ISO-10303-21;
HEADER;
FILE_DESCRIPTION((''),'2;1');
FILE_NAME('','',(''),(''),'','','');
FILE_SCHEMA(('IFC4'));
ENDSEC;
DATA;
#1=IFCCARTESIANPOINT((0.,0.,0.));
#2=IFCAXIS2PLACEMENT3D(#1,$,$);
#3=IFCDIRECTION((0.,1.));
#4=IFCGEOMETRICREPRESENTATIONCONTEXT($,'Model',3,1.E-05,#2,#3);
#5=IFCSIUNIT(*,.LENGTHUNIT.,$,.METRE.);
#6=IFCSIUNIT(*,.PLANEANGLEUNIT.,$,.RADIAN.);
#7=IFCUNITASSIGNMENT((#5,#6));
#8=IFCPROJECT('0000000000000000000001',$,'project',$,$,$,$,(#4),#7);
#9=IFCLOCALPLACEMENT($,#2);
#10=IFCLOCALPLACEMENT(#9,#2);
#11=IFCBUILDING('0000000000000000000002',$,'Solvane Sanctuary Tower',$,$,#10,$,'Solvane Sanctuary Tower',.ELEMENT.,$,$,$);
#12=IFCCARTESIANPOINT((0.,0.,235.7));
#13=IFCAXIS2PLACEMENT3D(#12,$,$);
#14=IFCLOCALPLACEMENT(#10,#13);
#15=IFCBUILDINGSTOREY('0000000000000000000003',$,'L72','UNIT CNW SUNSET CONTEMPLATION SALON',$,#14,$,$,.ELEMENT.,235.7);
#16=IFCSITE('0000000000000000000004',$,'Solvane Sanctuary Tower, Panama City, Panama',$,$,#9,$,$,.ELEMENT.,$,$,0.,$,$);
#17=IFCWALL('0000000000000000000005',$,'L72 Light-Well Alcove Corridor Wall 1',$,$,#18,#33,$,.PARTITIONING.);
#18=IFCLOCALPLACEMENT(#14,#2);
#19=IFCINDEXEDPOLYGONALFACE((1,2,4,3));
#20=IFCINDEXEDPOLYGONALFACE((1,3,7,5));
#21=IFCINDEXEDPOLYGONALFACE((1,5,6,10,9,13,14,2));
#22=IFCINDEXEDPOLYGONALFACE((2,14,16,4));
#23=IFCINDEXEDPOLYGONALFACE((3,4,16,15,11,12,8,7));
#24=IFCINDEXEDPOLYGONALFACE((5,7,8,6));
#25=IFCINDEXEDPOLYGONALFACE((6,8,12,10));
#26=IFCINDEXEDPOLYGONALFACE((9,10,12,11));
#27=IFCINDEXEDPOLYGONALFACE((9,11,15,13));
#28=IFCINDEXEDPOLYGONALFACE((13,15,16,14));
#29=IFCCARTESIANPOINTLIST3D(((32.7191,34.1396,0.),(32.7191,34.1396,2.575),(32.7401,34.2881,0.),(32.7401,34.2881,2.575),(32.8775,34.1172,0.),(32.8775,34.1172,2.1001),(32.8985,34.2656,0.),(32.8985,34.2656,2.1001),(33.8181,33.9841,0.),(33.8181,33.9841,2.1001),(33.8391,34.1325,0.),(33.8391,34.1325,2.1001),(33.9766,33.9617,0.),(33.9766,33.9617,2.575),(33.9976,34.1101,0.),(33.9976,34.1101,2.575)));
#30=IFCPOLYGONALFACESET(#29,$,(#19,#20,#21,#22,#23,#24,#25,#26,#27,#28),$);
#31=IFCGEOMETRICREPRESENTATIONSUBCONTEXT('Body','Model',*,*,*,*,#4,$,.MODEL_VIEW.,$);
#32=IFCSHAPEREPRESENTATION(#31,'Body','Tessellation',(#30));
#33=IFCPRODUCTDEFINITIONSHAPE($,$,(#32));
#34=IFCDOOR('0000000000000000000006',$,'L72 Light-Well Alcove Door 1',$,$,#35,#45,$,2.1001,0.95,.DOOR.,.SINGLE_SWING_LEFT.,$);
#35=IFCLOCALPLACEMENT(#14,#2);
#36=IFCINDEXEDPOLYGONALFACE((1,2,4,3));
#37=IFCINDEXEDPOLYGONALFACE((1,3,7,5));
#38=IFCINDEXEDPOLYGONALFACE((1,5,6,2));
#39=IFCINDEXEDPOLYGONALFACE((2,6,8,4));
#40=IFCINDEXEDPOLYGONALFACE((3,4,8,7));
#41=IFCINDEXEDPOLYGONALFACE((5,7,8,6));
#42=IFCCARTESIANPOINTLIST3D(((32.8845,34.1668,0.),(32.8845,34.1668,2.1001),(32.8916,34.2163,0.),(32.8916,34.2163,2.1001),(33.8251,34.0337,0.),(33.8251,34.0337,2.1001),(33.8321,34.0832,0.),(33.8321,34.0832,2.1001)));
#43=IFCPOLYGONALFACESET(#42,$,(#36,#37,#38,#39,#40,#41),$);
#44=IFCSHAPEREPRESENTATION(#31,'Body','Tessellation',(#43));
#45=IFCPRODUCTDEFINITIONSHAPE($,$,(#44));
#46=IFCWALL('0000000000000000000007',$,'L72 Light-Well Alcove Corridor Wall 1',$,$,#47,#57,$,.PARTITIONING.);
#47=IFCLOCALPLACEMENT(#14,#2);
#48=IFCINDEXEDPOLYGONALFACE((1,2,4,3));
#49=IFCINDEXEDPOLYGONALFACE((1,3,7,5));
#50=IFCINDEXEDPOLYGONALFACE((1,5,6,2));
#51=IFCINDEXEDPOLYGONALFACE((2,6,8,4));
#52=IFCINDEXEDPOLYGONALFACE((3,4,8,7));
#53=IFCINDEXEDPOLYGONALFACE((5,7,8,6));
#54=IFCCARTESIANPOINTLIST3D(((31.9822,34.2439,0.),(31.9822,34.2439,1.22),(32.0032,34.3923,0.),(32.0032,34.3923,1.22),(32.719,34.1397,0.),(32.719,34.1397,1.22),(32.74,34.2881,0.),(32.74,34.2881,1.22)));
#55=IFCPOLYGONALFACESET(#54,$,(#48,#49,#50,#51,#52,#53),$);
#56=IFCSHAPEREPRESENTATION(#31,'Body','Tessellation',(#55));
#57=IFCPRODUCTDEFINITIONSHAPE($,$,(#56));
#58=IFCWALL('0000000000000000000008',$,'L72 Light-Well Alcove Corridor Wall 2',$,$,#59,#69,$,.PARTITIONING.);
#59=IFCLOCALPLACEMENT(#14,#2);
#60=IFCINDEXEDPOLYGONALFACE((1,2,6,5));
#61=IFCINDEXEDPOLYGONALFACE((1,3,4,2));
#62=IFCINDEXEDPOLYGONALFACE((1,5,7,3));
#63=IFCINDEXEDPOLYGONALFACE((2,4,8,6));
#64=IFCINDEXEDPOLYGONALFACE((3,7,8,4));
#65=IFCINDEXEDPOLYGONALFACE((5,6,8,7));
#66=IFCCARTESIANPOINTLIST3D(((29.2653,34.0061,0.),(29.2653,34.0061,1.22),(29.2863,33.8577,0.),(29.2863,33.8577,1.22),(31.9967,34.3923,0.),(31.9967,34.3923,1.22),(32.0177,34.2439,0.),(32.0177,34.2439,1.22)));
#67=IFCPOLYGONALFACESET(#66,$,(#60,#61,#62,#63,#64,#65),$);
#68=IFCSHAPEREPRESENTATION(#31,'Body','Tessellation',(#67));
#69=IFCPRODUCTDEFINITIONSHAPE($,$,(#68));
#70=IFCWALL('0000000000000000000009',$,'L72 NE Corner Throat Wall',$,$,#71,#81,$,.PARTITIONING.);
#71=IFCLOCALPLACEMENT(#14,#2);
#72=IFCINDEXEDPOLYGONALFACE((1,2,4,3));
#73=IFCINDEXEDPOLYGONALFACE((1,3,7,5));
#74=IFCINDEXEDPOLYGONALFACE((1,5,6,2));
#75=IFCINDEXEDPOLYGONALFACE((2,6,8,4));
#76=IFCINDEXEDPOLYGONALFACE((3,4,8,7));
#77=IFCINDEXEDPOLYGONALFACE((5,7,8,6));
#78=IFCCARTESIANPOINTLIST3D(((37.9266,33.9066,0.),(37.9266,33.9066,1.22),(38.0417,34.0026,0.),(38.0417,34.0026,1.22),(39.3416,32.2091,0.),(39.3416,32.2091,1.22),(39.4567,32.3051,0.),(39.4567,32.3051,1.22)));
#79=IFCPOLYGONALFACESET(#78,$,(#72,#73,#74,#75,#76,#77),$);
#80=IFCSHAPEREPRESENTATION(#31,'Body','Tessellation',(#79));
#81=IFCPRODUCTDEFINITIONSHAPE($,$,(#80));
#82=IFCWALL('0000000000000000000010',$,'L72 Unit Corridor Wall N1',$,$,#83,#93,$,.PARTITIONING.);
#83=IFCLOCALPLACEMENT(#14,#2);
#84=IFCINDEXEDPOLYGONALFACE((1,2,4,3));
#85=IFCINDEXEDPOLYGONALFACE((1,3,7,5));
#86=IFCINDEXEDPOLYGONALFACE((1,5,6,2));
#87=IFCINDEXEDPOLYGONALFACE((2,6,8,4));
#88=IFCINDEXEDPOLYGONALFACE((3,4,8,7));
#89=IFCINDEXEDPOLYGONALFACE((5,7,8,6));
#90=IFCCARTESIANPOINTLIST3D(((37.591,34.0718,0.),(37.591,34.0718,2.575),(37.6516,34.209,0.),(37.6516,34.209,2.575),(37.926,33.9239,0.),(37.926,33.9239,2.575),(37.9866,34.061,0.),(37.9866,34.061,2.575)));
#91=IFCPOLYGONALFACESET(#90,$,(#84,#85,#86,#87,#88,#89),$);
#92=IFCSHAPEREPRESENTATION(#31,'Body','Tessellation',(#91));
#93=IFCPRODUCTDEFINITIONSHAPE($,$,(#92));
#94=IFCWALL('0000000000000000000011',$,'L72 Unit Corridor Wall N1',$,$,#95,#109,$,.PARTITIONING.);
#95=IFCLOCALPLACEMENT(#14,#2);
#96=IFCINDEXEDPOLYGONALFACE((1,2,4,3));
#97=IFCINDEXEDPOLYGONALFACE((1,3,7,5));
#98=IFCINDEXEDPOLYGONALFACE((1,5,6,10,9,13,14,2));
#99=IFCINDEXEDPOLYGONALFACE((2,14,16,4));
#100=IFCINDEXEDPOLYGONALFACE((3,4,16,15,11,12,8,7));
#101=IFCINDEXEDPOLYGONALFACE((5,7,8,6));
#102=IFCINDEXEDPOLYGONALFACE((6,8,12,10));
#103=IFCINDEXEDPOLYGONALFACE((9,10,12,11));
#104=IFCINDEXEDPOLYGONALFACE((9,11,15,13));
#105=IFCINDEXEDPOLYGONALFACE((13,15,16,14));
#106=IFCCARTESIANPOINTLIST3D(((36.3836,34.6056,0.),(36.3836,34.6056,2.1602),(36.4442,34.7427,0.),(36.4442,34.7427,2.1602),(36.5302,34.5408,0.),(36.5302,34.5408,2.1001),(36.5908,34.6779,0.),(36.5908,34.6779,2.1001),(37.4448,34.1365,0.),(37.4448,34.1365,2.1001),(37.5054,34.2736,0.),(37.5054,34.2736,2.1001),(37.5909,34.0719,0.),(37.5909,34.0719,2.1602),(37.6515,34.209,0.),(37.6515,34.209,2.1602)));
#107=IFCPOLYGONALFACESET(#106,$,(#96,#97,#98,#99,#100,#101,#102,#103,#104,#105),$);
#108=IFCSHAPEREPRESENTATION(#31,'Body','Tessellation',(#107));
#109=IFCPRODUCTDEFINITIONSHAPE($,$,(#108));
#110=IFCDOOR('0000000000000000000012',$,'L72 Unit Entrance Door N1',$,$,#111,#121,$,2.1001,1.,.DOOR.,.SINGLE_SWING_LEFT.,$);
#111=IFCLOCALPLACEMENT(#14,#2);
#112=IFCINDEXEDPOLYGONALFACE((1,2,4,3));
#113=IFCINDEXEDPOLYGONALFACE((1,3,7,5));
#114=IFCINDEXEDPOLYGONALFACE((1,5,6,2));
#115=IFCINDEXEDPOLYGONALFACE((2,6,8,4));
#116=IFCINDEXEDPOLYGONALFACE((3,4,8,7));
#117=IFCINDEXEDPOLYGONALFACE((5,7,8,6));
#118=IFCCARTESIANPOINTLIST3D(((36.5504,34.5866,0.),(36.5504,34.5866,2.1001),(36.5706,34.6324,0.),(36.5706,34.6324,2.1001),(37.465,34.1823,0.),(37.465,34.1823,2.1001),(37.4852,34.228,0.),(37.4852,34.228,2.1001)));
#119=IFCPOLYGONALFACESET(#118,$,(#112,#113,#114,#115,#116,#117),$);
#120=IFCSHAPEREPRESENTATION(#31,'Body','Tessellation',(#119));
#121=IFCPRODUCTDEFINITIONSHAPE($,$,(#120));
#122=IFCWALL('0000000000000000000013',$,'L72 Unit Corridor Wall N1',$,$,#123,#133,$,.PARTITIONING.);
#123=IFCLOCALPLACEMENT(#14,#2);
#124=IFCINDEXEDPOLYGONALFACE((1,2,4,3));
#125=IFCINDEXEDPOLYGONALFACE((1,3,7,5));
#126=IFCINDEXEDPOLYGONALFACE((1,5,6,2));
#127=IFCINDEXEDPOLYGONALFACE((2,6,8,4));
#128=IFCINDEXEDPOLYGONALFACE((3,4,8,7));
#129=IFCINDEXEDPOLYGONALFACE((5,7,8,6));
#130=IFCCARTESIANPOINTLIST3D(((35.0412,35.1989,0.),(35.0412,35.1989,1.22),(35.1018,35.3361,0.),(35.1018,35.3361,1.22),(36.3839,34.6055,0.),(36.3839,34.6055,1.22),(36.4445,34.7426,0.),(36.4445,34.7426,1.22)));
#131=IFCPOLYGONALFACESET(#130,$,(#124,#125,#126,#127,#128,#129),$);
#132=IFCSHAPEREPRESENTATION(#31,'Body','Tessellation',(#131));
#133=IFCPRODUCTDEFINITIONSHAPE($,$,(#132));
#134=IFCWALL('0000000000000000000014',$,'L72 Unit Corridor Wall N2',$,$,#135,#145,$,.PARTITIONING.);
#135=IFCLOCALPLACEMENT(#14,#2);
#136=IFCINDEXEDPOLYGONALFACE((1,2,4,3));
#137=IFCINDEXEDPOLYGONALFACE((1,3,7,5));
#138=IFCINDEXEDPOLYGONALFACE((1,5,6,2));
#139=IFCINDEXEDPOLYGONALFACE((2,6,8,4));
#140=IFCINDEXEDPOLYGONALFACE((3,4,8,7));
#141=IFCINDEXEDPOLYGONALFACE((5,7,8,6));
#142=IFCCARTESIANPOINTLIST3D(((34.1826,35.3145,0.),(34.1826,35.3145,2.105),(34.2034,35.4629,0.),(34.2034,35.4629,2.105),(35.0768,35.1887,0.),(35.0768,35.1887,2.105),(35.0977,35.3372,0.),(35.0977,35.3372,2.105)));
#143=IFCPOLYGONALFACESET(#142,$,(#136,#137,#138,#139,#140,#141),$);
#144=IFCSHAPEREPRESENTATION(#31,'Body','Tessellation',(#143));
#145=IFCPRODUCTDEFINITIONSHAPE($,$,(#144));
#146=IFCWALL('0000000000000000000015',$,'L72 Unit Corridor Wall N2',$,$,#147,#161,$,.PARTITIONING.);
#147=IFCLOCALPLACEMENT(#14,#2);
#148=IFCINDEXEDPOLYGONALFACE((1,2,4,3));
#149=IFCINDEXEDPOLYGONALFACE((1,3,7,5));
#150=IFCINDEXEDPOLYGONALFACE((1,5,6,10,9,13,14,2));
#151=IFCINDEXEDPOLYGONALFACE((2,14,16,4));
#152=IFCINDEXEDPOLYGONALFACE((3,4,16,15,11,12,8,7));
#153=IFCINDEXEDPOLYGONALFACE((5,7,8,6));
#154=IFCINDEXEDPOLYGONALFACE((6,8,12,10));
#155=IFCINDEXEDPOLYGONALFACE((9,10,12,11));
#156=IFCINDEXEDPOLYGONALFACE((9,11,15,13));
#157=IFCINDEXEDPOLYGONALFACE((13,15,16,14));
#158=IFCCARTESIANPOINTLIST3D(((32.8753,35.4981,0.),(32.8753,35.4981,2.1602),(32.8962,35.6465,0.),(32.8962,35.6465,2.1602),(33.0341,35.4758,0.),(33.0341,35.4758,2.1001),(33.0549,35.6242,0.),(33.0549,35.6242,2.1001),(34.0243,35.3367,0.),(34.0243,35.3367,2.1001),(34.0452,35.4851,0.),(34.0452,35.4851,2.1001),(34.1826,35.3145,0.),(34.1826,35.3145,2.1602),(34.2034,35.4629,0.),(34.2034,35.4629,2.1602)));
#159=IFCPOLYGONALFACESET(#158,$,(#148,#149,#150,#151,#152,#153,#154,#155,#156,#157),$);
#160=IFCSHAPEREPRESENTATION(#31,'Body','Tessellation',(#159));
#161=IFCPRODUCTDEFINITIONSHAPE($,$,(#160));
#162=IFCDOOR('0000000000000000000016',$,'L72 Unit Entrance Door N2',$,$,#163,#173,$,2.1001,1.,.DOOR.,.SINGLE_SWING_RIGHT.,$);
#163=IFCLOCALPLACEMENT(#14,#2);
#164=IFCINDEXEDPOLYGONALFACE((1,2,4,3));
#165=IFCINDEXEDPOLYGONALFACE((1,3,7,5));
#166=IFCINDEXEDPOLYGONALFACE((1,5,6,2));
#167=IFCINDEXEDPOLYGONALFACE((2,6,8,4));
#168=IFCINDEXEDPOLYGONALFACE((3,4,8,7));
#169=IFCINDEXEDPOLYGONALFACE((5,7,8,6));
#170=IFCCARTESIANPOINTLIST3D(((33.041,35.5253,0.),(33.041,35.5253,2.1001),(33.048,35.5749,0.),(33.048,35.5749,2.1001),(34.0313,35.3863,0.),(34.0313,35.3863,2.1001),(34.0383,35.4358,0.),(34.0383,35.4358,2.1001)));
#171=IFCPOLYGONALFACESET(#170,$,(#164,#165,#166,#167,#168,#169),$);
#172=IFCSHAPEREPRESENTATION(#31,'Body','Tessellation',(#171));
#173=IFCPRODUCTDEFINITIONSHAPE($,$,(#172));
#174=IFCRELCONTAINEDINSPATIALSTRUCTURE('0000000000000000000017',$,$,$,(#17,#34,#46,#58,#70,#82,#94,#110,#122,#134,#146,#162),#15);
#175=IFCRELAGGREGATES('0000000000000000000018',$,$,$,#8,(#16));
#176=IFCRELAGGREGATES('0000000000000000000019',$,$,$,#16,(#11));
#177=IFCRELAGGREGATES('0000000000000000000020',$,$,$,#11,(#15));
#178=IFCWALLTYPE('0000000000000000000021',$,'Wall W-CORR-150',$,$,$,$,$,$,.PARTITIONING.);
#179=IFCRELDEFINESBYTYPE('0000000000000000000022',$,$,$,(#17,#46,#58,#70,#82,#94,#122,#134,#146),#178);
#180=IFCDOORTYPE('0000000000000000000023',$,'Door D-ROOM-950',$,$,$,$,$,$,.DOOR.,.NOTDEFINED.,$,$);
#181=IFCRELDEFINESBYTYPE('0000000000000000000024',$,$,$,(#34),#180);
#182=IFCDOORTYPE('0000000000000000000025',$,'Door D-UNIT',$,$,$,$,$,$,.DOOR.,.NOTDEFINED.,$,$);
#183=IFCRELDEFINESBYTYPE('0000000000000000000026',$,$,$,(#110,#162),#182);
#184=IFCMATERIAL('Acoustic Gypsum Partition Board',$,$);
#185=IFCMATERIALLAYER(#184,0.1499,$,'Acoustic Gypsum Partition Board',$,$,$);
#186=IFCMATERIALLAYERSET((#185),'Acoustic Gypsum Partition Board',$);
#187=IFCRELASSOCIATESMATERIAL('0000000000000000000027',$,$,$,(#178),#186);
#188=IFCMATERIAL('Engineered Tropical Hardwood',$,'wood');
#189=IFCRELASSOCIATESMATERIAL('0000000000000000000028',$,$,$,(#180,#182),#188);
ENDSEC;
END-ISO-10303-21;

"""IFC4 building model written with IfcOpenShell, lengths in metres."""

from ifc_helpers import new_model, si_unit, direction, frame, frame_2d, origin, place, context, subcontext, project, spatial, rectangle, extrude, material, layer, layer_set, type_object, element, fill, save


model = new_model("IFC4")

# Units and contexts
model_context = context("Model", 3, precision=1e-05, world=origin(), true_north=direction((0.0, 1.0)))
body_context = subcontext(model_context, "Body", "Model", "MODEL_VIEW")
ifc_project = project(units=[si_unit("LENGTHUNIT", "METRE"), si_unit("PLANEANGLEUNIT", "RADIAN")], contexts=[model_context])

# Site, building, storey
site_placement = place(None, origin())
site = spatial("IfcSite", under=ifc_project, at=site_placement, Name="Solvane Sanctuary Tower, Panama City, Panama", CompositionType="ELEMENT", RefElevation=0.0)
building_placement = place(site_placement, origin())
building = spatial("IfcBuilding", under=site, at=building_placement, Name="Solvane Sanctuary Tower", LongName="Solvane Sanctuary Tower", CompositionType="ELEMENT")
storey_placement = place(building_placement, frame((0.0, 0.0, 235.7)))
storey = spatial("IfcBuildingStorey", under=building, at=storey_placement, Name="L72", Description="UNIT CNW SUNSET CONTEMPLATION SALON", CompositionType="ELEMENT", Elevation=235.7)

# Wall, opening, door
ifc_material_1 = material(Name="Acoustic Gypsum Partition Board")
ifc_layer_1 = layer(ifc_material_1, 0.1499, Name="Acoustic Gypsum Partition Board")
ifc_layer_set_1 = layer_set([ifc_layer_1], Name="Acoustic Gypsum Partition Board")
wall_type_1 = type_object("IfcWallType", Name="Wall W-CORR-150", PredefinedType="PARTITIONING", material=ifc_layer_set_1)
wall_1_placement = place(storey_placement, frame((33.9871, 34.0359, 0.0), z_axis=(0.0, 0.0, 1.0), x_axis=(-0.990133, 0.14013, 0.0)))
wall_1 = element("IfcWall", 1, at=wall_1_placement, inside=storey, type_object=wall_type_1, Name="L72 Light-Well Alcove Corridor Wall 1", PredefinedType="PARTITIONING", context=body_context, shape_type="SweptSolid", body=[
    extrude(rectangle(XDim=1.27, YDim=0.1499, at=frame_2d((0.635, 0.0))), origin(), (0.0, 0.0, 1.0), 2.575),
])
opening_1_placement = place(wall_1_placement, frame((0.1599, 0.0, 0.0)))
opening_1 = element("IfcOpeningElement", 2, at=opening_1_placement, cuts=wall_1, PredefinedType="OPENING", context=body_context, shape_type="SweptSolid", body=[
    extrude(rectangle(XDim=0.95, YDim=2.1001, at=frame_2d((0.4751, 1.05))), frame((0.0, 0.085, 0.0), z_axis=(0.0, -1.0, 0.0), x_axis=(1.0, 0.0, 0.0)), (0.0, 0.0, 1.0), 0.1699),
])
ifc_material_2 = material(Name="Engineered Tropical Hardwood", Category="wood")
door_type_1 = type_object("IfcDoorType", Name="Door D-ROOM-950", OperationType="NOTDEFINED", PredefinedType="DOOR", material=ifc_material_2)
door_1_placement = place(opening_1_placement, origin())
door_1 = element("IfcDoor", 3, at=door_1_placement, inside=storey, type_object=door_type_1, Name="L72 Light-Well Alcove Door 1", OperationType="SINGLE_SWING_LEFT", OverallHeight=2.1001, OverallWidth=0.95, PredefinedType="DOOR", context=body_context, shape_type="SweptSolid", body=[
    extrude(rectangle(XDim=0.95, YDim=2.1001, at=frame_2d((0.4751, 1.05))), frame((0.0, 0.0249, 0.0), z_axis=(0.0, -1.0, 0.0), x_axis=(1.0, 0.0, 0.0)), (0.0, 0.0, 1.0), 0.05),
])
fill(opening_1, door_1)

# Walls
wall_2_placement = place(storey_placement, frame((32.7295, 34.2139, 0.0), z_axis=(0.0, 0.0, 1.0), x_axis=(-0.990139, 0.140089, 0.0)))
element("IfcWall", 4, at=wall_2_placement, inside=storey, type_object=wall_type_1, Name="L72 Light-Well Alcove Corridor Wall 1", PredefinedType="PARTITIONING", context=body_context, shape_type="SweptSolid", body=[
    extrude(rectangle(XDim=0.7441, YDim=0.1499, at=frame_2d((0.3721, 0.0))), origin(), (0.0, 0.0, 1.0), 1.22),
])
wall_3_placement = place(storey_placement, frame((32.0073, 34.3181, 0.0), z_axis=(0.0, 0.0, 1.0), x_axis=(-0.99015, -0.140009, 0.0)))
element("IfcWall", 5, at=wall_3_placement, inside=storey, type_object=wall_type_1, Name="L72 Light-Well Alcove Corridor Wall 2", PredefinedType="PARTITIONING", context=body_context, shape_type="SweptSolid", body=[
    extrude(rectangle(XDim=2.7585, YDim=0.1499, at=frame_2d((1.3794, 0.0))), origin(), (0.0, 0.0, 1.0), 1.22),
])
wall_4_placement = place(storey_placement, frame((37.9841, 33.9546, 0.0), z_axis=(0.0, 0.0, 1.0), x_axis=(0.640304, -0.768122, 0.0)))
element("IfcWall", 6, at=wall_4_placement, inside=storey, type_object=wall_type_1, Name="L72 NE Corner Throat Wall", PredefinedType="PARTITIONING", context=body_context, shape_type="SweptSolid", body=[
    extrude(rectangle(XDim=2.21, YDim=0.1499, at=frame_2d((1.105, 0.0))), origin(), (0.0, 0.0, 1.0), 1.22),
])
wall_5_placement = place(storey_placement, frame((37.9563, 33.9924, 0.0), z_axis=(0.0, 0.0, 1.0), x_axis=(-0.914744, 0.404034, 0.0)))
element("IfcWall", 7, at=wall_5_placement, inside=storey, type_object=wall_type_1, Name="L72 Unit Corridor Wall N1", PredefinedType="PARTITIONING", context=body_context, shape_type="SweptSolid", body=[
    extrude(rectangle(XDim=0.3662, YDim=0.1499, at=frame_2d((0.1831, 0.0))), origin(), (0.0, 0.0, 1.0), 2.575),
])

# Wall, opening, door
wall_6_placement = place(storey_placement, frame((37.6213, 34.1404, 0.0), z_axis=(0.0, 0.0, 1.0), x_axis=(-0.914618, 0.404319, 0.0)))
wall_6 = element("IfcWall", 8, at=wall_6_placement, inside=storey, type_object=wall_type_1, Name="L72 Unit Corridor Wall N1", PredefinedType="PARTITIONING", context=body_context, shape_type="SweptSolid", body=[
    extrude(rectangle(XDim=1.3201, YDim=0.1499, at=frame_2d((0.6602, 0.0))), origin(), (0.0, 0.0, 1.0), 2.1602),
])
opening_2_placement = place(wall_6_placement, frame((0.1599, 0.0, 0.0)))
opening_2 = element("IfcOpeningElement", 9, at=opening_2_placement, cuts=wall_6, PredefinedType="OPENING", context=body_context, shape_type="SweptSolid", body=[
    extrude(rectangle(XDim=1.0, YDim=2.1001, at=frame_2d((0.5, 1.05))), frame((0.0, 0.085, 0.0), z_axis=(0.0, -1.0, 0.0), x_axis=(1.0, 0.0, 0.0)), (0.0, 0.0, 1.0), 0.1699),
])
door_type_2 = type_object("IfcDoorType", Name="Door D-UNIT", OperationType="NOTDEFINED", PredefinedType="DOOR", material=ifc_material_2)
door_2_placement = place(opening_2_placement, origin())
door_2 = element("IfcDoor", 10, at=door_2_placement, inside=storey, type_object=door_type_2, Name="L72 Unit Entrance Door N1", OperationType="SINGLE_SWING_LEFT", OverallHeight=2.1001, OverallWidth=1.0, PredefinedType="DOOR", context=body_context, shape_type="SweptSolid", body=[
    extrude(rectangle(XDim=1.0, YDim=2.1001, at=frame_2d((0.5, 1.05))), frame((0.0, 0.0249, 0.0), z_axis=(0.0, -1.0, 0.0), x_axis=(1.0, 0.0, 0.0)), (0.0, 0.0, 1.0), 0.05),
])
fill(opening_2, door_2)

# Walls
wall_7_placement = place(storey_placement, frame((36.4141, 34.6741, 0.0), z_axis=(0.0, 0.0, 1.0), x_axis=(-0.914639, 0.404271, 0.0)))
element("IfcWall", 11, at=wall_7_placement, inside=storey, type_object=wall_type_1, Name="L72 Unit Corridor Wall N1", PredefinedType="PARTITIONING", context=body_context, shape_type="SweptSolid", body=[
    extrude(rectangle(XDim=1.468, YDim=0.1499, at=frame_2d((0.7339, 0.0))), origin(), (0.0, 0.0, 1.0), 1.22),
])
wall_8_placement = place(storey_placement, frame((35.0874, 35.2629, 0.0), z_axis=(0.0, 0.0, 1.0), x_axis=(-0.990261, 0.139226, 0.0)))
element("IfcWall", 12, at=wall_8_placement, inside=storey, type_object=wall_type_1, Name="L72 Unit Corridor Wall N2", PredefinedType="PARTITIONING", context=body_context, shape_type="SweptSolid", body=[
    extrude(rectangle(XDim=0.9031, YDim=0.1499, at=frame_2d((0.4517, 0.0))), origin(), (0.0, 0.0, 1.0), 2.105),
])

# Wall, opening, door
wall_9_placement = place(storey_placement, frame((34.1931, 35.3887, 0.0), z_axis=(0.0, 0.0, 1.0), x_axis=(-0.99028, 0.13909, 0.0)))
wall_9 = element("IfcWall", 13, at=wall_9_placement, inside=storey, type_object=wall_type_1, Name="L72 Unit Corridor Wall N2", PredefinedType="PARTITIONING", context=body_context, shape_type="SweptSolid", body=[
    extrude(rectangle(XDim=1.3201, YDim=0.1499, at=frame_2d((0.6602, 0.0))), origin(), (0.0, 0.0, 1.0), 2.1602),
])
opening_3_placement = place(wall_9_placement, frame((0.1599, 0.0, 0.0)))
opening_3 = element("IfcOpeningElement", 14, at=opening_3_placement, cuts=wall_9, PredefinedType="OPENING", context=body_context, shape_type="SweptSolid", body=[
    extrude(rectangle(XDim=1.0, YDim=2.1001, at=frame_2d((0.5, 1.05))), frame((0.0, 0.085, 0.0), z_axis=(0.0, -1.0, 0.0), x_axis=(1.0, 0.0, 0.0)), (0.0, 0.0, 1.0), 0.1699),
])
door_3_placement = place(opening_3_placement, origin())
door_3 = element("IfcDoor", 15, at=door_3_placement, inside=storey, type_object=door_type_2, Name="L72 Unit Entrance Door N2", OperationType="SINGLE_SWING_RIGHT", OverallHeight=2.1001, OverallWidth=1.0, PredefinedType="DOOR", context=body_context, shape_type="SweptSolid", body=[
    extrude(rectangle(XDim=1.0, YDim=2.1001, at=frame_2d((0.5, 1.05))), frame((0.0, 0.0249, 0.0), z_axis=(0.0, -1.0, 0.0), x_axis=(1.0, 0.0, 0.0)), (0.0, 0.0, 1.0), 0.05),
])
fill(opening_3, door_3)

save(model, "model.ifc")
